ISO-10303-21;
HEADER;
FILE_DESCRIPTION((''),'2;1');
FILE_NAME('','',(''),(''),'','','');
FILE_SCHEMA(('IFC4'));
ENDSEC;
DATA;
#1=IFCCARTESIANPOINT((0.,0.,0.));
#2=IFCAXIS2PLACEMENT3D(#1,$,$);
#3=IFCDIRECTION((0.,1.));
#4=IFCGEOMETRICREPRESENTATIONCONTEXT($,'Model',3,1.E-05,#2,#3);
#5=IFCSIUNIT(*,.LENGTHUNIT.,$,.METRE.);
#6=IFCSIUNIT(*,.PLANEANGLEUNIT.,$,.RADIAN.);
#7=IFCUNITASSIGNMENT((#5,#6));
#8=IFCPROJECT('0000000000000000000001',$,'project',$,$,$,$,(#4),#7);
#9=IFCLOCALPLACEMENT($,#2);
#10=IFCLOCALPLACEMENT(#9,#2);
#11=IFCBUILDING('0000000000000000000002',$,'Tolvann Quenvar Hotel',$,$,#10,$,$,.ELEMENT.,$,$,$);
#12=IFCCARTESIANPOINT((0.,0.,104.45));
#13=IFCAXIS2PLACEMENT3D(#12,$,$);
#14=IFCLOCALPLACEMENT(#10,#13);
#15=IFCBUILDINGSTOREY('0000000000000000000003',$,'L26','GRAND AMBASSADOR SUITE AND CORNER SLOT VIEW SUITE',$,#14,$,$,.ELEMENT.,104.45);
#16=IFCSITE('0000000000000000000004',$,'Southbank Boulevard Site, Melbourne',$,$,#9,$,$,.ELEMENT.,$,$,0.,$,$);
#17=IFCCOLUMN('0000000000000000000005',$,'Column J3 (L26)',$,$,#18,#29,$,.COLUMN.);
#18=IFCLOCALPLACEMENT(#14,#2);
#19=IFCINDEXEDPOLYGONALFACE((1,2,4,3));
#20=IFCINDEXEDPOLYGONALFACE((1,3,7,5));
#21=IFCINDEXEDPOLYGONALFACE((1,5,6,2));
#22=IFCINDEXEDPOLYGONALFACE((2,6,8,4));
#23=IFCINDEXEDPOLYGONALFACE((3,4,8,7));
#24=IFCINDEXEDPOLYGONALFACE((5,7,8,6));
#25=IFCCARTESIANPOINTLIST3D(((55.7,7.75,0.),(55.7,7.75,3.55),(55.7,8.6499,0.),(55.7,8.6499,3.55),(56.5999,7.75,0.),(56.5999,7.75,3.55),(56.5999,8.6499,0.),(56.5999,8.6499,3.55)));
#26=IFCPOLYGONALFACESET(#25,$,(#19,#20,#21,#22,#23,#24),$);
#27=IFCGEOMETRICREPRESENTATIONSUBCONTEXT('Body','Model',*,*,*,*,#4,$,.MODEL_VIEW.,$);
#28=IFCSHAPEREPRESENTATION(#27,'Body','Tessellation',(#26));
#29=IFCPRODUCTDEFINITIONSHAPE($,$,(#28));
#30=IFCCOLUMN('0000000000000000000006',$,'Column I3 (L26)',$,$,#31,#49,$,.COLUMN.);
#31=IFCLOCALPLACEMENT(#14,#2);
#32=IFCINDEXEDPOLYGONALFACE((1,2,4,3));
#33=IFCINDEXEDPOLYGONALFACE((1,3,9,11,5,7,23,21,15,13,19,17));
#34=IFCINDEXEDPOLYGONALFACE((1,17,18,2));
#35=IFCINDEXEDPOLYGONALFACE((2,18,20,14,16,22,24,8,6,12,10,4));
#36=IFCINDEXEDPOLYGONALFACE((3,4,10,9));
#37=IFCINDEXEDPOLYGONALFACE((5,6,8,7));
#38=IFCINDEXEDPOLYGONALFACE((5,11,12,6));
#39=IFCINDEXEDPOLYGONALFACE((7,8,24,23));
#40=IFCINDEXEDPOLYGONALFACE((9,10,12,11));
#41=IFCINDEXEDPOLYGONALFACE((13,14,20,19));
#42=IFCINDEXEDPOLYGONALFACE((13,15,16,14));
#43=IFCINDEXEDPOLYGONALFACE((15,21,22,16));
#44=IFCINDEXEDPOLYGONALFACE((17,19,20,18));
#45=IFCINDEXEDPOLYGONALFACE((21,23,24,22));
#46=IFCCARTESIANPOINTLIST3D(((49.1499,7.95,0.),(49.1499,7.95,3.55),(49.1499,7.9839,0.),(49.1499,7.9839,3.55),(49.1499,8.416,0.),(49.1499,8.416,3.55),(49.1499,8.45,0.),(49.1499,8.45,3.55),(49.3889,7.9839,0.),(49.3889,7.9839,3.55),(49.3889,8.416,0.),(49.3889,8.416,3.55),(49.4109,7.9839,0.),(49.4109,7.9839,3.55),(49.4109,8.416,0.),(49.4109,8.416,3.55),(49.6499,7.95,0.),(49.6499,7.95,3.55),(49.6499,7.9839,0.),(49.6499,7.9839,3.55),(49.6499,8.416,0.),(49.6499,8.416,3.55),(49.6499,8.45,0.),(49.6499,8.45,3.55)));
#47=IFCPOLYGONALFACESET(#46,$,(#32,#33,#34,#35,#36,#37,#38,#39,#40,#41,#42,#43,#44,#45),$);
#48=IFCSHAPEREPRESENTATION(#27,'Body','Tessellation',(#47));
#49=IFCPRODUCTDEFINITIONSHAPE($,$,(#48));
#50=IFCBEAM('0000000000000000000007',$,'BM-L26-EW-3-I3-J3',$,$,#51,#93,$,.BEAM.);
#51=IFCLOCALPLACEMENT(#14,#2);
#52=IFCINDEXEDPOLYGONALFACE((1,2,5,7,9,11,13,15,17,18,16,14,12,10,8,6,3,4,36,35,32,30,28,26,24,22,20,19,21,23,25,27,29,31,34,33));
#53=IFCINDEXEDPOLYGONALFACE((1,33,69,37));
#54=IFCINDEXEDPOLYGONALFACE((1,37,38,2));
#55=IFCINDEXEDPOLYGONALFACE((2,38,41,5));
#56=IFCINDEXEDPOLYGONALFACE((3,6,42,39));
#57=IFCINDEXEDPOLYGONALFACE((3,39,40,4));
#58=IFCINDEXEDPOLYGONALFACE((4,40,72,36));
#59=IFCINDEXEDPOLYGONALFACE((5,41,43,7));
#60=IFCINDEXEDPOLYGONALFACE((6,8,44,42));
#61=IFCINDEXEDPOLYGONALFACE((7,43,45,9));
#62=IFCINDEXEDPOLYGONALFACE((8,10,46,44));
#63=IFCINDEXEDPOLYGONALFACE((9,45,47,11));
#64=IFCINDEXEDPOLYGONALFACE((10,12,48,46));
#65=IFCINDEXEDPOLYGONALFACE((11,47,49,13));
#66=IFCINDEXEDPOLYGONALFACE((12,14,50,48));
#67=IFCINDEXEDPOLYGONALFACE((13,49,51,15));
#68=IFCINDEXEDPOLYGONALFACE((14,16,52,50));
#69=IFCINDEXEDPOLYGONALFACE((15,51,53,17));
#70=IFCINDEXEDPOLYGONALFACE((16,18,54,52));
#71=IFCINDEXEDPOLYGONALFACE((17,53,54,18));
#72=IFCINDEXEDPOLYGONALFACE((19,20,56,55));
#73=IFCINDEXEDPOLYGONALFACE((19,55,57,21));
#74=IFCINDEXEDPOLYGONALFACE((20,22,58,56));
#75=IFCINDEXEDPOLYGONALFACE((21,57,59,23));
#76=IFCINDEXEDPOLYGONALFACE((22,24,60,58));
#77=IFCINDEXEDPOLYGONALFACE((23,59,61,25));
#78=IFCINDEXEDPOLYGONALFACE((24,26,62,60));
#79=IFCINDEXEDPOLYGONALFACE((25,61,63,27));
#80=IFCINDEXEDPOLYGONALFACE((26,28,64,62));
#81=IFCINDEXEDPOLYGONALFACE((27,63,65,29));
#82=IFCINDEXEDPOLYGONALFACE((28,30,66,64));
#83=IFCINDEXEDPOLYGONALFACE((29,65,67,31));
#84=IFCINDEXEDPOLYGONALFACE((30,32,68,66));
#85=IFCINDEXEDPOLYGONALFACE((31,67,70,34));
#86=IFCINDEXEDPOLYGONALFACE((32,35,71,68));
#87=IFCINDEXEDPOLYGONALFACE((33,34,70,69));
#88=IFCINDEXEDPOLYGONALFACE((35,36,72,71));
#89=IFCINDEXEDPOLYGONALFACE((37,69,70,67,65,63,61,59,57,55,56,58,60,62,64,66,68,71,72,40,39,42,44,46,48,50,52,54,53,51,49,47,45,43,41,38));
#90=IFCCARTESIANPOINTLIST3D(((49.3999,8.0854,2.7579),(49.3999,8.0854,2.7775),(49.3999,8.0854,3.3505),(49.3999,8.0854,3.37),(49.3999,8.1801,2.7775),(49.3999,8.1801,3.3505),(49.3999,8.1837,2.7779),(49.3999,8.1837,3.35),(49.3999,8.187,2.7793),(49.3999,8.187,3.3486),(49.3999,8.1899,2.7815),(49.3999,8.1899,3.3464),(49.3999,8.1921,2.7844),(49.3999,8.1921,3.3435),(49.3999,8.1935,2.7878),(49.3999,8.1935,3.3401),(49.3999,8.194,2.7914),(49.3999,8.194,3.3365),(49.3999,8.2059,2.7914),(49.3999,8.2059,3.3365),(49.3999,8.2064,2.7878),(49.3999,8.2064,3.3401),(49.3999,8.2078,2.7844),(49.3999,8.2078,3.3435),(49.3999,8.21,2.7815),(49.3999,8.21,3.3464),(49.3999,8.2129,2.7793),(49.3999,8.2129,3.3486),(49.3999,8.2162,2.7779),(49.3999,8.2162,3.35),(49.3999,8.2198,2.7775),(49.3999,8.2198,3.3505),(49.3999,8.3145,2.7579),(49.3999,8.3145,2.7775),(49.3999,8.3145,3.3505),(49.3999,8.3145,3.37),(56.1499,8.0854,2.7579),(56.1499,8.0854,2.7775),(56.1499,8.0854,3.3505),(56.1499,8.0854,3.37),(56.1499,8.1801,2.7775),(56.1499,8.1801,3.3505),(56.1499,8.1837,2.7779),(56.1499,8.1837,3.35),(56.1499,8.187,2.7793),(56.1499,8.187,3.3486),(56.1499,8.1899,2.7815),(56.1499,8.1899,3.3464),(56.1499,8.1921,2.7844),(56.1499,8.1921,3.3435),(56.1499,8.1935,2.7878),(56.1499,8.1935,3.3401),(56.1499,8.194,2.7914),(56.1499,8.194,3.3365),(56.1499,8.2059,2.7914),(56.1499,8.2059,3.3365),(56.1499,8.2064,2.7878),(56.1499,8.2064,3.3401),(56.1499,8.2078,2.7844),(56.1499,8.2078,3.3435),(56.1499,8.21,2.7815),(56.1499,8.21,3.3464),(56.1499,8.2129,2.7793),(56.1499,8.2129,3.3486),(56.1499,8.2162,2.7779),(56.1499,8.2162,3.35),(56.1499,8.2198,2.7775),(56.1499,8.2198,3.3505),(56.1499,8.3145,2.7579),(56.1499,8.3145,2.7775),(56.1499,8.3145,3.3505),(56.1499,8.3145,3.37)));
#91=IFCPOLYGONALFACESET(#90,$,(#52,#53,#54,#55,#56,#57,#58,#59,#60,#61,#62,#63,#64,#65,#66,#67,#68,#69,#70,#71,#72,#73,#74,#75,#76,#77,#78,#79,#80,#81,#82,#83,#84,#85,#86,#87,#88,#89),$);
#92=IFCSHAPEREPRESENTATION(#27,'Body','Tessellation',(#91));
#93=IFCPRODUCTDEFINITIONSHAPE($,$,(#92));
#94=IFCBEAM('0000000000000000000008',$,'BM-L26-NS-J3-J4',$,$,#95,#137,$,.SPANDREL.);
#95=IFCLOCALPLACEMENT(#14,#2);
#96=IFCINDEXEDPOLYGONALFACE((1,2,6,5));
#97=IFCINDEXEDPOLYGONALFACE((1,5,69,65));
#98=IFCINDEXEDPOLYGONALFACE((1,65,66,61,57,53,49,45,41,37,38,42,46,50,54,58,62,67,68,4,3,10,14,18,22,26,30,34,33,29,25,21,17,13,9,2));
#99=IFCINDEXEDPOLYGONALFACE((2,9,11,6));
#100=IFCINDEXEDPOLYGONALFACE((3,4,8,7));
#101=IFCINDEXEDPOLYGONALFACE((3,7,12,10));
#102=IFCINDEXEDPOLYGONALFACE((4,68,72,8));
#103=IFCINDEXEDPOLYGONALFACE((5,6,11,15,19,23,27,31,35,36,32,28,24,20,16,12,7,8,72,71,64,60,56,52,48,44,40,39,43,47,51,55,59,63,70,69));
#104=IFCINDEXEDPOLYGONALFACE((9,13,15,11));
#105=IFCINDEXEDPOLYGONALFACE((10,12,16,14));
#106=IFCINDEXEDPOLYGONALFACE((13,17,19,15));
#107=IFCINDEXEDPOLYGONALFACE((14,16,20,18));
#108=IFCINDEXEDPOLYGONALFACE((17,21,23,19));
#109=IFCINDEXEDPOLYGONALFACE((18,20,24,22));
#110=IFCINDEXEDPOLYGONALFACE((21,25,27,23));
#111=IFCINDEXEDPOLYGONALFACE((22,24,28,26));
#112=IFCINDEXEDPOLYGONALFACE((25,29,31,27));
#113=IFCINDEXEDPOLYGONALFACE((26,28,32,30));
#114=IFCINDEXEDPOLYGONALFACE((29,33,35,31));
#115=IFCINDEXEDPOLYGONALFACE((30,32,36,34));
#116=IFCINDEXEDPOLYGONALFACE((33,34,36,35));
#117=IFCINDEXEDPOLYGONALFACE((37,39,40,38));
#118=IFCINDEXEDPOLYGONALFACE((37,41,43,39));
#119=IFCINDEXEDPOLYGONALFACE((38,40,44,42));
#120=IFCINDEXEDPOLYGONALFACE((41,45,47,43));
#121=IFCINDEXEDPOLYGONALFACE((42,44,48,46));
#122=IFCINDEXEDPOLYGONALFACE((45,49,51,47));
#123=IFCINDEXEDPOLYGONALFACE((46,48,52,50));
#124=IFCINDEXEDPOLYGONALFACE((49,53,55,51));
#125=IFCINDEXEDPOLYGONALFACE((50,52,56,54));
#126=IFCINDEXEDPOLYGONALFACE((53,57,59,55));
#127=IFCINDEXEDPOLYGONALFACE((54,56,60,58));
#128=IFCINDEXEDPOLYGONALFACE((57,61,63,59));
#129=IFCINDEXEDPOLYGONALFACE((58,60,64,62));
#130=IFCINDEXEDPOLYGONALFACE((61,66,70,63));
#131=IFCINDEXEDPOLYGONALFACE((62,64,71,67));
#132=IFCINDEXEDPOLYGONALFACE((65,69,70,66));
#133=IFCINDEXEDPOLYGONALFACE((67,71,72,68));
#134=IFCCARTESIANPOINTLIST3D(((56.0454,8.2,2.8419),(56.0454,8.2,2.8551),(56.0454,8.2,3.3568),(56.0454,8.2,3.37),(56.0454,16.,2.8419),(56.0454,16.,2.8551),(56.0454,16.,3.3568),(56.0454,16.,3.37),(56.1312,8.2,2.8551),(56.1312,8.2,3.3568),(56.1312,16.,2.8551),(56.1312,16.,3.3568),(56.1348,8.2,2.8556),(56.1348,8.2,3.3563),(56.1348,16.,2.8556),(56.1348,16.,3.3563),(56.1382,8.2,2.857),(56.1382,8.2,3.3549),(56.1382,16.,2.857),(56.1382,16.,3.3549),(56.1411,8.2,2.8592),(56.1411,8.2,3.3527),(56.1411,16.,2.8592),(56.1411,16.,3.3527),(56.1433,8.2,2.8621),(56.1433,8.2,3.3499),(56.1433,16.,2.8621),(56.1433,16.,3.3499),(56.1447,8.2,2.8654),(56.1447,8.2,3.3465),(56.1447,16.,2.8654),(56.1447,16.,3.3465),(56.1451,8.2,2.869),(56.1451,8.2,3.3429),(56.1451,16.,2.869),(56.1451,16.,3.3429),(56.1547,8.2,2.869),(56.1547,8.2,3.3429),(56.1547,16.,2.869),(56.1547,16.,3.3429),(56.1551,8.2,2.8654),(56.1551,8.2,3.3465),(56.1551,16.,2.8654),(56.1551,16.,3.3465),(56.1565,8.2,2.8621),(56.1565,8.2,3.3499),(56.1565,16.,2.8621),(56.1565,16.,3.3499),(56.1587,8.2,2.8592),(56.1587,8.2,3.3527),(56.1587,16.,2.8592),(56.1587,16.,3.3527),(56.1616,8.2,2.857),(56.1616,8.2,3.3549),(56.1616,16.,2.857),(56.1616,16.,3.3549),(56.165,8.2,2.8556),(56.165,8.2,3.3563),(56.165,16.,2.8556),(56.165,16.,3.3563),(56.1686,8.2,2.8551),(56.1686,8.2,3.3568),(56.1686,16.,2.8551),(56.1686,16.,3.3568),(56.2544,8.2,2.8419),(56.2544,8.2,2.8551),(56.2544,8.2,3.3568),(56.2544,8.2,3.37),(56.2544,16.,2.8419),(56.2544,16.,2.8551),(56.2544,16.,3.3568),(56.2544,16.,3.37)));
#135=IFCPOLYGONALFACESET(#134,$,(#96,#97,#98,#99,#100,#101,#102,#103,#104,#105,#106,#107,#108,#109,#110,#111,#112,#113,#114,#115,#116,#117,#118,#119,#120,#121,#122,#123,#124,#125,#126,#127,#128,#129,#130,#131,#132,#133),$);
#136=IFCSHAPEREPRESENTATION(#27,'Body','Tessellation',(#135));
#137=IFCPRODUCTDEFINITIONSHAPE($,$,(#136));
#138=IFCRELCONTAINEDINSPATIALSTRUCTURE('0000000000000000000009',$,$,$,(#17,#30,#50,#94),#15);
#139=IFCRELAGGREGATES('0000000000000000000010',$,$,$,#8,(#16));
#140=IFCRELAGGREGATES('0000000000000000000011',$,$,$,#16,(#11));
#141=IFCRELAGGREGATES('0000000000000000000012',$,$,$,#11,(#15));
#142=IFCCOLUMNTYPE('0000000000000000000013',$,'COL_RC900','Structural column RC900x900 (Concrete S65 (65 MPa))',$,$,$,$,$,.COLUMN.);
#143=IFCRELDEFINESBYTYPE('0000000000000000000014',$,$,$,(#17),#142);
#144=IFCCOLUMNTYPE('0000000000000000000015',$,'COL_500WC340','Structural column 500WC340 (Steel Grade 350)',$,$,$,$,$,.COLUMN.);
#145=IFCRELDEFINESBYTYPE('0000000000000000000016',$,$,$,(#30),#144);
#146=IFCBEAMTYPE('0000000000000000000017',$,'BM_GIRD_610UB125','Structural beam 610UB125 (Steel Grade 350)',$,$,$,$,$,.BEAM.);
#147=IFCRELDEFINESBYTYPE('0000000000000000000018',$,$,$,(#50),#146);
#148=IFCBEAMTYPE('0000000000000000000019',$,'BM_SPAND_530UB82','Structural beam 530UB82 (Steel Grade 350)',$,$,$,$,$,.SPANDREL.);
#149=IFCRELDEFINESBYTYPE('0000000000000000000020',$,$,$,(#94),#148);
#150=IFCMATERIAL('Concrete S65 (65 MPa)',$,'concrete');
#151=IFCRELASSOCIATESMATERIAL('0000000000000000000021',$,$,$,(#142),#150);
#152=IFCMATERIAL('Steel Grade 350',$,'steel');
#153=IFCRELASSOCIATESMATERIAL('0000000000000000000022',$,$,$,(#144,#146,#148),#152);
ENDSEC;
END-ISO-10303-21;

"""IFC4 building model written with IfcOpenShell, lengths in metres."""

from ifc_helpers import new_model, si_unit, direction, frame, origin, origin_2d, place, context, subcontext, project, spatial, rectangle, i_section, extrude, source, transform, mapped, material, material_profile, profile_set, type_object, type_shapes, element, save


model = new_model("IFC4")

# Units and contexts
model_context = context("Model", 3, precision=1e-05, world=origin(), true_north=direction((0.0, 1.0)))
body_context = subcontext(model_context, "Body", "Model", "MODEL_VIEW")
ifc_project = project(units=[si_unit("LENGTHUNIT", "METRE"), si_unit("PLANEANGLEUNIT", "RADIAN")], contexts=[model_context])

# Site, building, storey
site_placement = place(None, origin())
site = spatial("IfcSite", under=ifc_project, at=site_placement, Name="Southbank Boulevard Site, Melbourne", CompositionType="ELEMENT", RefElevation=0.0)
building_placement = place(site_placement, origin())
building = spatial("IfcBuilding", under=site, at=building_placement, Name="Tolvann Quenvar Hotel", CompositionType="ELEMENT")
storey_placement = place(building_placement, frame((0.0, 0.0, 104.45)))
storey = spatial("IfcBuildingStorey", under=building, at=storey_placement, Name="L26", Description="GRAND AMBASSADOR SUITE AND CORNER SLOT VIEW SUITE", CompositionType="ELEMENT", Elevation=104.45)

# Columns
ifc_material_1 = material(Name="Concrete S65 (65 MPa)", Category="concrete")
ifc_material_profile_1 = material_profile(ifc_material_1, rectangle(XDim=0.8999, YDim=0.8999, at=origin_2d()), Name="RC900x900")
ifc_profile_set_1 = profile_set([ifc_material_profile_1], Name="Concrete S65 (65 MPa)")
column_type_1 = type_object("IfcColumnType", Name="COL_RC900", Description="Structural column RC900x900 (Concrete S65 (65 MPa))", PredefinedType="COLUMN", material=ifc_profile_set_1)
shared_shape_1 = source(origin(), body_context, "Body", "SweptSolid", [
    extrude(rectangle(XDim=0.8999, YDim=0.8999, at=origin_2d()), origin(), (0.0, 0.0, 1.0), 3.55),
])
type_shapes(column_type_1, [shared_shape_1])
column_1_placement = place(storey_placement, frame((56.1499, 8.2, 0.0), z_axis=(0.0, 0.0, 1.0), x_axis=(1.0, 0.0, 0.0)))
element("IfcColumn", 1, at=column_1_placement, inside=storey, type_object=column_type_1, Name="Column J3 (L26)", PredefinedType="COLUMN", context=body_context, shape_type="MappedRepresentation", body=[
    mapped(shared_shape_1, transform((0.0, 0.0, 0.0), x_axis=(1.0, 0.0, 0.0), y_axis=(0.0, 1.0, 0.0), z_axis=(0.0, 0.0, 1.0), scale=1.0)),
])
ifc_material_2 = material(Name="Steel Grade 350", Category="steel")
ifc_material_profile_2 = material_profile(ifc_material_2, i_section(OverallWidth=0.5, OverallDepth=0.5, WebThickness=0.022, FlangeThickness=0.0339, at=origin_2d()), Name="500WC340")
ifc_profile_set_2 = profile_set([ifc_material_profile_2], Name="Steel Grade 350")
column_type_2 = type_object("IfcColumnType", Name="COL_500WC340", Description="Structural column 500WC340 (Steel Grade 350)", PredefinedType="COLUMN", material=ifc_profile_set_2)
shared_shape_2 = source(origin(), body_context, "Body", "SweptSolid", [
    extrude(i_section(OverallWidth=0.5, OverallDepth=0.5, WebThickness=0.022, FlangeThickness=0.0339, at=origin_2d()), origin(), (0.0, 0.0, 1.0), 3.55),
])
type_shapes(column_type_2, [shared_shape_2])
column_2_placement = place(storey_placement, frame((49.3999, 8.2, 0.0), z_axis=(0.0, 0.0, 1.0), x_axis=(1.0, 0.0, 0.0)))
element("IfcColumn", 2, at=column_2_placement, inside=storey, type_object=column_type_2, Name="Column I3 (L26)", PredefinedType="COLUMN", context=body_context, shape_type="MappedRepresentation", body=[
    mapped(shared_shape_2, transform((0.0, 0.0, 0.0), x_axis=(1.0, 0.0, 0.0), y_axis=(0.0, 1.0, 0.0), z_axis=(0.0, 0.0, 1.0), scale=1.0)),
])

# Beams
ifc_material_profile_3 = material_profile(ifc_material_2, i_section(OverallWidth=0.229, OverallDepth=0.6121, WebThickness=0.012, FlangeThickness=0.0195, FilletRadius=0.0139, at=origin_2d()), Name="610UB125")
ifc_profile_set_3 = profile_set([ifc_material_profile_3], Name="Steel Grade 350")
beam_type_1 = type_object("IfcBeamType", Name="BM_GIRD_610UB125", Description="Structural beam 610UB125 (Steel Grade 350)", PredefinedType="BEAM", material=ifc_profile_set_3)
shared_shape_3 = source(origin(), body_context, "Body", "SweptSolid", [
    extrude(i_section(OverallWidth=0.229, OverallDepth=0.6121, WebThickness=0.012, FlangeThickness=0.0195, FilletRadius=0.0139, at=origin_2d()), origin(), (0.0, 0.0, 1.0), 6.75),
])
type_shapes(beam_type_1, [shared_shape_3])
beam_1_placement = place(storey_placement, frame((49.3999, 8.2, 3.064), z_axis=(1.0, 0.0, 0.0), x_axis=(0.0, 1.0, 0.0)))
element("IfcBeam", 3, at=beam_1_placement, inside=storey, type_object=beam_type_1, Name="BM-L26-EW-3-I3-J3", PredefinedType="BEAM", context=body_context, shape_type="MappedRepresentation", body=[
    mapped(shared_shape_3, transform((0.0, 0.0, 0.0), x_axis=(1.0, 0.0, 0.0), y_axis=(0.0, 1.0, 0.0), z_axis=(0.0, 0.0, 1.0), scale=1.0)),
])
ifc_material_profile_4 = material_profile(ifc_material_2, i_section(OverallWidth=0.209, OverallDepth=0.5281, WebThickness=0.0095, FlangeThickness=0.0132, FilletRadius=0.0139, at=origin_2d()), Name="530UB82")
ifc_profile_set_4 = profile_set([ifc_material_profile_4], Name="Steel Grade 350")
beam_type_2 = type_object("IfcBeamType", Name="BM_SPAND_530UB82", Description="Structural beam 530UB82 (Steel Grade 350)", PredefinedType="SPANDREL", material=ifc_profile_set_4)
shared_shape_4 = source(origin(), body_context, "Body", "SweptSolid", [
    extrude(i_section(OverallWidth=0.209, OverallDepth=0.5281, WebThickness=0.0095, FlangeThickness=0.0132, FilletRadius=0.0139, at=origin_2d()), origin(), (0.0, 0.0, 1.0), 7.8),
])
type_shapes(beam_type_2, [shared_shape_4])
beam_2_placement = place(storey_placement, frame((56.1499, 8.2, 3.106), z_axis=(0.0, 1.0, 0.0), x_axis=(-1.0, 0.0, 0.0)))
element("IfcBeam", 4, at=beam_2_placement, inside=storey, type_object=beam_type_2, Name="BM-L26-NS-J3-J4", PredefinedType="SPANDREL", context=body_context, shape_type="MappedRepresentation", body=[
    mapped(shared_shape_4, transform((0.0, 0.0, 0.0), x_axis=(1.0, 0.0, 0.0), y_axis=(0.0, 1.0, 0.0), z_axis=(0.0, 0.0, 1.0), scale=1.0)),
])

save(model, "model.ifc")
